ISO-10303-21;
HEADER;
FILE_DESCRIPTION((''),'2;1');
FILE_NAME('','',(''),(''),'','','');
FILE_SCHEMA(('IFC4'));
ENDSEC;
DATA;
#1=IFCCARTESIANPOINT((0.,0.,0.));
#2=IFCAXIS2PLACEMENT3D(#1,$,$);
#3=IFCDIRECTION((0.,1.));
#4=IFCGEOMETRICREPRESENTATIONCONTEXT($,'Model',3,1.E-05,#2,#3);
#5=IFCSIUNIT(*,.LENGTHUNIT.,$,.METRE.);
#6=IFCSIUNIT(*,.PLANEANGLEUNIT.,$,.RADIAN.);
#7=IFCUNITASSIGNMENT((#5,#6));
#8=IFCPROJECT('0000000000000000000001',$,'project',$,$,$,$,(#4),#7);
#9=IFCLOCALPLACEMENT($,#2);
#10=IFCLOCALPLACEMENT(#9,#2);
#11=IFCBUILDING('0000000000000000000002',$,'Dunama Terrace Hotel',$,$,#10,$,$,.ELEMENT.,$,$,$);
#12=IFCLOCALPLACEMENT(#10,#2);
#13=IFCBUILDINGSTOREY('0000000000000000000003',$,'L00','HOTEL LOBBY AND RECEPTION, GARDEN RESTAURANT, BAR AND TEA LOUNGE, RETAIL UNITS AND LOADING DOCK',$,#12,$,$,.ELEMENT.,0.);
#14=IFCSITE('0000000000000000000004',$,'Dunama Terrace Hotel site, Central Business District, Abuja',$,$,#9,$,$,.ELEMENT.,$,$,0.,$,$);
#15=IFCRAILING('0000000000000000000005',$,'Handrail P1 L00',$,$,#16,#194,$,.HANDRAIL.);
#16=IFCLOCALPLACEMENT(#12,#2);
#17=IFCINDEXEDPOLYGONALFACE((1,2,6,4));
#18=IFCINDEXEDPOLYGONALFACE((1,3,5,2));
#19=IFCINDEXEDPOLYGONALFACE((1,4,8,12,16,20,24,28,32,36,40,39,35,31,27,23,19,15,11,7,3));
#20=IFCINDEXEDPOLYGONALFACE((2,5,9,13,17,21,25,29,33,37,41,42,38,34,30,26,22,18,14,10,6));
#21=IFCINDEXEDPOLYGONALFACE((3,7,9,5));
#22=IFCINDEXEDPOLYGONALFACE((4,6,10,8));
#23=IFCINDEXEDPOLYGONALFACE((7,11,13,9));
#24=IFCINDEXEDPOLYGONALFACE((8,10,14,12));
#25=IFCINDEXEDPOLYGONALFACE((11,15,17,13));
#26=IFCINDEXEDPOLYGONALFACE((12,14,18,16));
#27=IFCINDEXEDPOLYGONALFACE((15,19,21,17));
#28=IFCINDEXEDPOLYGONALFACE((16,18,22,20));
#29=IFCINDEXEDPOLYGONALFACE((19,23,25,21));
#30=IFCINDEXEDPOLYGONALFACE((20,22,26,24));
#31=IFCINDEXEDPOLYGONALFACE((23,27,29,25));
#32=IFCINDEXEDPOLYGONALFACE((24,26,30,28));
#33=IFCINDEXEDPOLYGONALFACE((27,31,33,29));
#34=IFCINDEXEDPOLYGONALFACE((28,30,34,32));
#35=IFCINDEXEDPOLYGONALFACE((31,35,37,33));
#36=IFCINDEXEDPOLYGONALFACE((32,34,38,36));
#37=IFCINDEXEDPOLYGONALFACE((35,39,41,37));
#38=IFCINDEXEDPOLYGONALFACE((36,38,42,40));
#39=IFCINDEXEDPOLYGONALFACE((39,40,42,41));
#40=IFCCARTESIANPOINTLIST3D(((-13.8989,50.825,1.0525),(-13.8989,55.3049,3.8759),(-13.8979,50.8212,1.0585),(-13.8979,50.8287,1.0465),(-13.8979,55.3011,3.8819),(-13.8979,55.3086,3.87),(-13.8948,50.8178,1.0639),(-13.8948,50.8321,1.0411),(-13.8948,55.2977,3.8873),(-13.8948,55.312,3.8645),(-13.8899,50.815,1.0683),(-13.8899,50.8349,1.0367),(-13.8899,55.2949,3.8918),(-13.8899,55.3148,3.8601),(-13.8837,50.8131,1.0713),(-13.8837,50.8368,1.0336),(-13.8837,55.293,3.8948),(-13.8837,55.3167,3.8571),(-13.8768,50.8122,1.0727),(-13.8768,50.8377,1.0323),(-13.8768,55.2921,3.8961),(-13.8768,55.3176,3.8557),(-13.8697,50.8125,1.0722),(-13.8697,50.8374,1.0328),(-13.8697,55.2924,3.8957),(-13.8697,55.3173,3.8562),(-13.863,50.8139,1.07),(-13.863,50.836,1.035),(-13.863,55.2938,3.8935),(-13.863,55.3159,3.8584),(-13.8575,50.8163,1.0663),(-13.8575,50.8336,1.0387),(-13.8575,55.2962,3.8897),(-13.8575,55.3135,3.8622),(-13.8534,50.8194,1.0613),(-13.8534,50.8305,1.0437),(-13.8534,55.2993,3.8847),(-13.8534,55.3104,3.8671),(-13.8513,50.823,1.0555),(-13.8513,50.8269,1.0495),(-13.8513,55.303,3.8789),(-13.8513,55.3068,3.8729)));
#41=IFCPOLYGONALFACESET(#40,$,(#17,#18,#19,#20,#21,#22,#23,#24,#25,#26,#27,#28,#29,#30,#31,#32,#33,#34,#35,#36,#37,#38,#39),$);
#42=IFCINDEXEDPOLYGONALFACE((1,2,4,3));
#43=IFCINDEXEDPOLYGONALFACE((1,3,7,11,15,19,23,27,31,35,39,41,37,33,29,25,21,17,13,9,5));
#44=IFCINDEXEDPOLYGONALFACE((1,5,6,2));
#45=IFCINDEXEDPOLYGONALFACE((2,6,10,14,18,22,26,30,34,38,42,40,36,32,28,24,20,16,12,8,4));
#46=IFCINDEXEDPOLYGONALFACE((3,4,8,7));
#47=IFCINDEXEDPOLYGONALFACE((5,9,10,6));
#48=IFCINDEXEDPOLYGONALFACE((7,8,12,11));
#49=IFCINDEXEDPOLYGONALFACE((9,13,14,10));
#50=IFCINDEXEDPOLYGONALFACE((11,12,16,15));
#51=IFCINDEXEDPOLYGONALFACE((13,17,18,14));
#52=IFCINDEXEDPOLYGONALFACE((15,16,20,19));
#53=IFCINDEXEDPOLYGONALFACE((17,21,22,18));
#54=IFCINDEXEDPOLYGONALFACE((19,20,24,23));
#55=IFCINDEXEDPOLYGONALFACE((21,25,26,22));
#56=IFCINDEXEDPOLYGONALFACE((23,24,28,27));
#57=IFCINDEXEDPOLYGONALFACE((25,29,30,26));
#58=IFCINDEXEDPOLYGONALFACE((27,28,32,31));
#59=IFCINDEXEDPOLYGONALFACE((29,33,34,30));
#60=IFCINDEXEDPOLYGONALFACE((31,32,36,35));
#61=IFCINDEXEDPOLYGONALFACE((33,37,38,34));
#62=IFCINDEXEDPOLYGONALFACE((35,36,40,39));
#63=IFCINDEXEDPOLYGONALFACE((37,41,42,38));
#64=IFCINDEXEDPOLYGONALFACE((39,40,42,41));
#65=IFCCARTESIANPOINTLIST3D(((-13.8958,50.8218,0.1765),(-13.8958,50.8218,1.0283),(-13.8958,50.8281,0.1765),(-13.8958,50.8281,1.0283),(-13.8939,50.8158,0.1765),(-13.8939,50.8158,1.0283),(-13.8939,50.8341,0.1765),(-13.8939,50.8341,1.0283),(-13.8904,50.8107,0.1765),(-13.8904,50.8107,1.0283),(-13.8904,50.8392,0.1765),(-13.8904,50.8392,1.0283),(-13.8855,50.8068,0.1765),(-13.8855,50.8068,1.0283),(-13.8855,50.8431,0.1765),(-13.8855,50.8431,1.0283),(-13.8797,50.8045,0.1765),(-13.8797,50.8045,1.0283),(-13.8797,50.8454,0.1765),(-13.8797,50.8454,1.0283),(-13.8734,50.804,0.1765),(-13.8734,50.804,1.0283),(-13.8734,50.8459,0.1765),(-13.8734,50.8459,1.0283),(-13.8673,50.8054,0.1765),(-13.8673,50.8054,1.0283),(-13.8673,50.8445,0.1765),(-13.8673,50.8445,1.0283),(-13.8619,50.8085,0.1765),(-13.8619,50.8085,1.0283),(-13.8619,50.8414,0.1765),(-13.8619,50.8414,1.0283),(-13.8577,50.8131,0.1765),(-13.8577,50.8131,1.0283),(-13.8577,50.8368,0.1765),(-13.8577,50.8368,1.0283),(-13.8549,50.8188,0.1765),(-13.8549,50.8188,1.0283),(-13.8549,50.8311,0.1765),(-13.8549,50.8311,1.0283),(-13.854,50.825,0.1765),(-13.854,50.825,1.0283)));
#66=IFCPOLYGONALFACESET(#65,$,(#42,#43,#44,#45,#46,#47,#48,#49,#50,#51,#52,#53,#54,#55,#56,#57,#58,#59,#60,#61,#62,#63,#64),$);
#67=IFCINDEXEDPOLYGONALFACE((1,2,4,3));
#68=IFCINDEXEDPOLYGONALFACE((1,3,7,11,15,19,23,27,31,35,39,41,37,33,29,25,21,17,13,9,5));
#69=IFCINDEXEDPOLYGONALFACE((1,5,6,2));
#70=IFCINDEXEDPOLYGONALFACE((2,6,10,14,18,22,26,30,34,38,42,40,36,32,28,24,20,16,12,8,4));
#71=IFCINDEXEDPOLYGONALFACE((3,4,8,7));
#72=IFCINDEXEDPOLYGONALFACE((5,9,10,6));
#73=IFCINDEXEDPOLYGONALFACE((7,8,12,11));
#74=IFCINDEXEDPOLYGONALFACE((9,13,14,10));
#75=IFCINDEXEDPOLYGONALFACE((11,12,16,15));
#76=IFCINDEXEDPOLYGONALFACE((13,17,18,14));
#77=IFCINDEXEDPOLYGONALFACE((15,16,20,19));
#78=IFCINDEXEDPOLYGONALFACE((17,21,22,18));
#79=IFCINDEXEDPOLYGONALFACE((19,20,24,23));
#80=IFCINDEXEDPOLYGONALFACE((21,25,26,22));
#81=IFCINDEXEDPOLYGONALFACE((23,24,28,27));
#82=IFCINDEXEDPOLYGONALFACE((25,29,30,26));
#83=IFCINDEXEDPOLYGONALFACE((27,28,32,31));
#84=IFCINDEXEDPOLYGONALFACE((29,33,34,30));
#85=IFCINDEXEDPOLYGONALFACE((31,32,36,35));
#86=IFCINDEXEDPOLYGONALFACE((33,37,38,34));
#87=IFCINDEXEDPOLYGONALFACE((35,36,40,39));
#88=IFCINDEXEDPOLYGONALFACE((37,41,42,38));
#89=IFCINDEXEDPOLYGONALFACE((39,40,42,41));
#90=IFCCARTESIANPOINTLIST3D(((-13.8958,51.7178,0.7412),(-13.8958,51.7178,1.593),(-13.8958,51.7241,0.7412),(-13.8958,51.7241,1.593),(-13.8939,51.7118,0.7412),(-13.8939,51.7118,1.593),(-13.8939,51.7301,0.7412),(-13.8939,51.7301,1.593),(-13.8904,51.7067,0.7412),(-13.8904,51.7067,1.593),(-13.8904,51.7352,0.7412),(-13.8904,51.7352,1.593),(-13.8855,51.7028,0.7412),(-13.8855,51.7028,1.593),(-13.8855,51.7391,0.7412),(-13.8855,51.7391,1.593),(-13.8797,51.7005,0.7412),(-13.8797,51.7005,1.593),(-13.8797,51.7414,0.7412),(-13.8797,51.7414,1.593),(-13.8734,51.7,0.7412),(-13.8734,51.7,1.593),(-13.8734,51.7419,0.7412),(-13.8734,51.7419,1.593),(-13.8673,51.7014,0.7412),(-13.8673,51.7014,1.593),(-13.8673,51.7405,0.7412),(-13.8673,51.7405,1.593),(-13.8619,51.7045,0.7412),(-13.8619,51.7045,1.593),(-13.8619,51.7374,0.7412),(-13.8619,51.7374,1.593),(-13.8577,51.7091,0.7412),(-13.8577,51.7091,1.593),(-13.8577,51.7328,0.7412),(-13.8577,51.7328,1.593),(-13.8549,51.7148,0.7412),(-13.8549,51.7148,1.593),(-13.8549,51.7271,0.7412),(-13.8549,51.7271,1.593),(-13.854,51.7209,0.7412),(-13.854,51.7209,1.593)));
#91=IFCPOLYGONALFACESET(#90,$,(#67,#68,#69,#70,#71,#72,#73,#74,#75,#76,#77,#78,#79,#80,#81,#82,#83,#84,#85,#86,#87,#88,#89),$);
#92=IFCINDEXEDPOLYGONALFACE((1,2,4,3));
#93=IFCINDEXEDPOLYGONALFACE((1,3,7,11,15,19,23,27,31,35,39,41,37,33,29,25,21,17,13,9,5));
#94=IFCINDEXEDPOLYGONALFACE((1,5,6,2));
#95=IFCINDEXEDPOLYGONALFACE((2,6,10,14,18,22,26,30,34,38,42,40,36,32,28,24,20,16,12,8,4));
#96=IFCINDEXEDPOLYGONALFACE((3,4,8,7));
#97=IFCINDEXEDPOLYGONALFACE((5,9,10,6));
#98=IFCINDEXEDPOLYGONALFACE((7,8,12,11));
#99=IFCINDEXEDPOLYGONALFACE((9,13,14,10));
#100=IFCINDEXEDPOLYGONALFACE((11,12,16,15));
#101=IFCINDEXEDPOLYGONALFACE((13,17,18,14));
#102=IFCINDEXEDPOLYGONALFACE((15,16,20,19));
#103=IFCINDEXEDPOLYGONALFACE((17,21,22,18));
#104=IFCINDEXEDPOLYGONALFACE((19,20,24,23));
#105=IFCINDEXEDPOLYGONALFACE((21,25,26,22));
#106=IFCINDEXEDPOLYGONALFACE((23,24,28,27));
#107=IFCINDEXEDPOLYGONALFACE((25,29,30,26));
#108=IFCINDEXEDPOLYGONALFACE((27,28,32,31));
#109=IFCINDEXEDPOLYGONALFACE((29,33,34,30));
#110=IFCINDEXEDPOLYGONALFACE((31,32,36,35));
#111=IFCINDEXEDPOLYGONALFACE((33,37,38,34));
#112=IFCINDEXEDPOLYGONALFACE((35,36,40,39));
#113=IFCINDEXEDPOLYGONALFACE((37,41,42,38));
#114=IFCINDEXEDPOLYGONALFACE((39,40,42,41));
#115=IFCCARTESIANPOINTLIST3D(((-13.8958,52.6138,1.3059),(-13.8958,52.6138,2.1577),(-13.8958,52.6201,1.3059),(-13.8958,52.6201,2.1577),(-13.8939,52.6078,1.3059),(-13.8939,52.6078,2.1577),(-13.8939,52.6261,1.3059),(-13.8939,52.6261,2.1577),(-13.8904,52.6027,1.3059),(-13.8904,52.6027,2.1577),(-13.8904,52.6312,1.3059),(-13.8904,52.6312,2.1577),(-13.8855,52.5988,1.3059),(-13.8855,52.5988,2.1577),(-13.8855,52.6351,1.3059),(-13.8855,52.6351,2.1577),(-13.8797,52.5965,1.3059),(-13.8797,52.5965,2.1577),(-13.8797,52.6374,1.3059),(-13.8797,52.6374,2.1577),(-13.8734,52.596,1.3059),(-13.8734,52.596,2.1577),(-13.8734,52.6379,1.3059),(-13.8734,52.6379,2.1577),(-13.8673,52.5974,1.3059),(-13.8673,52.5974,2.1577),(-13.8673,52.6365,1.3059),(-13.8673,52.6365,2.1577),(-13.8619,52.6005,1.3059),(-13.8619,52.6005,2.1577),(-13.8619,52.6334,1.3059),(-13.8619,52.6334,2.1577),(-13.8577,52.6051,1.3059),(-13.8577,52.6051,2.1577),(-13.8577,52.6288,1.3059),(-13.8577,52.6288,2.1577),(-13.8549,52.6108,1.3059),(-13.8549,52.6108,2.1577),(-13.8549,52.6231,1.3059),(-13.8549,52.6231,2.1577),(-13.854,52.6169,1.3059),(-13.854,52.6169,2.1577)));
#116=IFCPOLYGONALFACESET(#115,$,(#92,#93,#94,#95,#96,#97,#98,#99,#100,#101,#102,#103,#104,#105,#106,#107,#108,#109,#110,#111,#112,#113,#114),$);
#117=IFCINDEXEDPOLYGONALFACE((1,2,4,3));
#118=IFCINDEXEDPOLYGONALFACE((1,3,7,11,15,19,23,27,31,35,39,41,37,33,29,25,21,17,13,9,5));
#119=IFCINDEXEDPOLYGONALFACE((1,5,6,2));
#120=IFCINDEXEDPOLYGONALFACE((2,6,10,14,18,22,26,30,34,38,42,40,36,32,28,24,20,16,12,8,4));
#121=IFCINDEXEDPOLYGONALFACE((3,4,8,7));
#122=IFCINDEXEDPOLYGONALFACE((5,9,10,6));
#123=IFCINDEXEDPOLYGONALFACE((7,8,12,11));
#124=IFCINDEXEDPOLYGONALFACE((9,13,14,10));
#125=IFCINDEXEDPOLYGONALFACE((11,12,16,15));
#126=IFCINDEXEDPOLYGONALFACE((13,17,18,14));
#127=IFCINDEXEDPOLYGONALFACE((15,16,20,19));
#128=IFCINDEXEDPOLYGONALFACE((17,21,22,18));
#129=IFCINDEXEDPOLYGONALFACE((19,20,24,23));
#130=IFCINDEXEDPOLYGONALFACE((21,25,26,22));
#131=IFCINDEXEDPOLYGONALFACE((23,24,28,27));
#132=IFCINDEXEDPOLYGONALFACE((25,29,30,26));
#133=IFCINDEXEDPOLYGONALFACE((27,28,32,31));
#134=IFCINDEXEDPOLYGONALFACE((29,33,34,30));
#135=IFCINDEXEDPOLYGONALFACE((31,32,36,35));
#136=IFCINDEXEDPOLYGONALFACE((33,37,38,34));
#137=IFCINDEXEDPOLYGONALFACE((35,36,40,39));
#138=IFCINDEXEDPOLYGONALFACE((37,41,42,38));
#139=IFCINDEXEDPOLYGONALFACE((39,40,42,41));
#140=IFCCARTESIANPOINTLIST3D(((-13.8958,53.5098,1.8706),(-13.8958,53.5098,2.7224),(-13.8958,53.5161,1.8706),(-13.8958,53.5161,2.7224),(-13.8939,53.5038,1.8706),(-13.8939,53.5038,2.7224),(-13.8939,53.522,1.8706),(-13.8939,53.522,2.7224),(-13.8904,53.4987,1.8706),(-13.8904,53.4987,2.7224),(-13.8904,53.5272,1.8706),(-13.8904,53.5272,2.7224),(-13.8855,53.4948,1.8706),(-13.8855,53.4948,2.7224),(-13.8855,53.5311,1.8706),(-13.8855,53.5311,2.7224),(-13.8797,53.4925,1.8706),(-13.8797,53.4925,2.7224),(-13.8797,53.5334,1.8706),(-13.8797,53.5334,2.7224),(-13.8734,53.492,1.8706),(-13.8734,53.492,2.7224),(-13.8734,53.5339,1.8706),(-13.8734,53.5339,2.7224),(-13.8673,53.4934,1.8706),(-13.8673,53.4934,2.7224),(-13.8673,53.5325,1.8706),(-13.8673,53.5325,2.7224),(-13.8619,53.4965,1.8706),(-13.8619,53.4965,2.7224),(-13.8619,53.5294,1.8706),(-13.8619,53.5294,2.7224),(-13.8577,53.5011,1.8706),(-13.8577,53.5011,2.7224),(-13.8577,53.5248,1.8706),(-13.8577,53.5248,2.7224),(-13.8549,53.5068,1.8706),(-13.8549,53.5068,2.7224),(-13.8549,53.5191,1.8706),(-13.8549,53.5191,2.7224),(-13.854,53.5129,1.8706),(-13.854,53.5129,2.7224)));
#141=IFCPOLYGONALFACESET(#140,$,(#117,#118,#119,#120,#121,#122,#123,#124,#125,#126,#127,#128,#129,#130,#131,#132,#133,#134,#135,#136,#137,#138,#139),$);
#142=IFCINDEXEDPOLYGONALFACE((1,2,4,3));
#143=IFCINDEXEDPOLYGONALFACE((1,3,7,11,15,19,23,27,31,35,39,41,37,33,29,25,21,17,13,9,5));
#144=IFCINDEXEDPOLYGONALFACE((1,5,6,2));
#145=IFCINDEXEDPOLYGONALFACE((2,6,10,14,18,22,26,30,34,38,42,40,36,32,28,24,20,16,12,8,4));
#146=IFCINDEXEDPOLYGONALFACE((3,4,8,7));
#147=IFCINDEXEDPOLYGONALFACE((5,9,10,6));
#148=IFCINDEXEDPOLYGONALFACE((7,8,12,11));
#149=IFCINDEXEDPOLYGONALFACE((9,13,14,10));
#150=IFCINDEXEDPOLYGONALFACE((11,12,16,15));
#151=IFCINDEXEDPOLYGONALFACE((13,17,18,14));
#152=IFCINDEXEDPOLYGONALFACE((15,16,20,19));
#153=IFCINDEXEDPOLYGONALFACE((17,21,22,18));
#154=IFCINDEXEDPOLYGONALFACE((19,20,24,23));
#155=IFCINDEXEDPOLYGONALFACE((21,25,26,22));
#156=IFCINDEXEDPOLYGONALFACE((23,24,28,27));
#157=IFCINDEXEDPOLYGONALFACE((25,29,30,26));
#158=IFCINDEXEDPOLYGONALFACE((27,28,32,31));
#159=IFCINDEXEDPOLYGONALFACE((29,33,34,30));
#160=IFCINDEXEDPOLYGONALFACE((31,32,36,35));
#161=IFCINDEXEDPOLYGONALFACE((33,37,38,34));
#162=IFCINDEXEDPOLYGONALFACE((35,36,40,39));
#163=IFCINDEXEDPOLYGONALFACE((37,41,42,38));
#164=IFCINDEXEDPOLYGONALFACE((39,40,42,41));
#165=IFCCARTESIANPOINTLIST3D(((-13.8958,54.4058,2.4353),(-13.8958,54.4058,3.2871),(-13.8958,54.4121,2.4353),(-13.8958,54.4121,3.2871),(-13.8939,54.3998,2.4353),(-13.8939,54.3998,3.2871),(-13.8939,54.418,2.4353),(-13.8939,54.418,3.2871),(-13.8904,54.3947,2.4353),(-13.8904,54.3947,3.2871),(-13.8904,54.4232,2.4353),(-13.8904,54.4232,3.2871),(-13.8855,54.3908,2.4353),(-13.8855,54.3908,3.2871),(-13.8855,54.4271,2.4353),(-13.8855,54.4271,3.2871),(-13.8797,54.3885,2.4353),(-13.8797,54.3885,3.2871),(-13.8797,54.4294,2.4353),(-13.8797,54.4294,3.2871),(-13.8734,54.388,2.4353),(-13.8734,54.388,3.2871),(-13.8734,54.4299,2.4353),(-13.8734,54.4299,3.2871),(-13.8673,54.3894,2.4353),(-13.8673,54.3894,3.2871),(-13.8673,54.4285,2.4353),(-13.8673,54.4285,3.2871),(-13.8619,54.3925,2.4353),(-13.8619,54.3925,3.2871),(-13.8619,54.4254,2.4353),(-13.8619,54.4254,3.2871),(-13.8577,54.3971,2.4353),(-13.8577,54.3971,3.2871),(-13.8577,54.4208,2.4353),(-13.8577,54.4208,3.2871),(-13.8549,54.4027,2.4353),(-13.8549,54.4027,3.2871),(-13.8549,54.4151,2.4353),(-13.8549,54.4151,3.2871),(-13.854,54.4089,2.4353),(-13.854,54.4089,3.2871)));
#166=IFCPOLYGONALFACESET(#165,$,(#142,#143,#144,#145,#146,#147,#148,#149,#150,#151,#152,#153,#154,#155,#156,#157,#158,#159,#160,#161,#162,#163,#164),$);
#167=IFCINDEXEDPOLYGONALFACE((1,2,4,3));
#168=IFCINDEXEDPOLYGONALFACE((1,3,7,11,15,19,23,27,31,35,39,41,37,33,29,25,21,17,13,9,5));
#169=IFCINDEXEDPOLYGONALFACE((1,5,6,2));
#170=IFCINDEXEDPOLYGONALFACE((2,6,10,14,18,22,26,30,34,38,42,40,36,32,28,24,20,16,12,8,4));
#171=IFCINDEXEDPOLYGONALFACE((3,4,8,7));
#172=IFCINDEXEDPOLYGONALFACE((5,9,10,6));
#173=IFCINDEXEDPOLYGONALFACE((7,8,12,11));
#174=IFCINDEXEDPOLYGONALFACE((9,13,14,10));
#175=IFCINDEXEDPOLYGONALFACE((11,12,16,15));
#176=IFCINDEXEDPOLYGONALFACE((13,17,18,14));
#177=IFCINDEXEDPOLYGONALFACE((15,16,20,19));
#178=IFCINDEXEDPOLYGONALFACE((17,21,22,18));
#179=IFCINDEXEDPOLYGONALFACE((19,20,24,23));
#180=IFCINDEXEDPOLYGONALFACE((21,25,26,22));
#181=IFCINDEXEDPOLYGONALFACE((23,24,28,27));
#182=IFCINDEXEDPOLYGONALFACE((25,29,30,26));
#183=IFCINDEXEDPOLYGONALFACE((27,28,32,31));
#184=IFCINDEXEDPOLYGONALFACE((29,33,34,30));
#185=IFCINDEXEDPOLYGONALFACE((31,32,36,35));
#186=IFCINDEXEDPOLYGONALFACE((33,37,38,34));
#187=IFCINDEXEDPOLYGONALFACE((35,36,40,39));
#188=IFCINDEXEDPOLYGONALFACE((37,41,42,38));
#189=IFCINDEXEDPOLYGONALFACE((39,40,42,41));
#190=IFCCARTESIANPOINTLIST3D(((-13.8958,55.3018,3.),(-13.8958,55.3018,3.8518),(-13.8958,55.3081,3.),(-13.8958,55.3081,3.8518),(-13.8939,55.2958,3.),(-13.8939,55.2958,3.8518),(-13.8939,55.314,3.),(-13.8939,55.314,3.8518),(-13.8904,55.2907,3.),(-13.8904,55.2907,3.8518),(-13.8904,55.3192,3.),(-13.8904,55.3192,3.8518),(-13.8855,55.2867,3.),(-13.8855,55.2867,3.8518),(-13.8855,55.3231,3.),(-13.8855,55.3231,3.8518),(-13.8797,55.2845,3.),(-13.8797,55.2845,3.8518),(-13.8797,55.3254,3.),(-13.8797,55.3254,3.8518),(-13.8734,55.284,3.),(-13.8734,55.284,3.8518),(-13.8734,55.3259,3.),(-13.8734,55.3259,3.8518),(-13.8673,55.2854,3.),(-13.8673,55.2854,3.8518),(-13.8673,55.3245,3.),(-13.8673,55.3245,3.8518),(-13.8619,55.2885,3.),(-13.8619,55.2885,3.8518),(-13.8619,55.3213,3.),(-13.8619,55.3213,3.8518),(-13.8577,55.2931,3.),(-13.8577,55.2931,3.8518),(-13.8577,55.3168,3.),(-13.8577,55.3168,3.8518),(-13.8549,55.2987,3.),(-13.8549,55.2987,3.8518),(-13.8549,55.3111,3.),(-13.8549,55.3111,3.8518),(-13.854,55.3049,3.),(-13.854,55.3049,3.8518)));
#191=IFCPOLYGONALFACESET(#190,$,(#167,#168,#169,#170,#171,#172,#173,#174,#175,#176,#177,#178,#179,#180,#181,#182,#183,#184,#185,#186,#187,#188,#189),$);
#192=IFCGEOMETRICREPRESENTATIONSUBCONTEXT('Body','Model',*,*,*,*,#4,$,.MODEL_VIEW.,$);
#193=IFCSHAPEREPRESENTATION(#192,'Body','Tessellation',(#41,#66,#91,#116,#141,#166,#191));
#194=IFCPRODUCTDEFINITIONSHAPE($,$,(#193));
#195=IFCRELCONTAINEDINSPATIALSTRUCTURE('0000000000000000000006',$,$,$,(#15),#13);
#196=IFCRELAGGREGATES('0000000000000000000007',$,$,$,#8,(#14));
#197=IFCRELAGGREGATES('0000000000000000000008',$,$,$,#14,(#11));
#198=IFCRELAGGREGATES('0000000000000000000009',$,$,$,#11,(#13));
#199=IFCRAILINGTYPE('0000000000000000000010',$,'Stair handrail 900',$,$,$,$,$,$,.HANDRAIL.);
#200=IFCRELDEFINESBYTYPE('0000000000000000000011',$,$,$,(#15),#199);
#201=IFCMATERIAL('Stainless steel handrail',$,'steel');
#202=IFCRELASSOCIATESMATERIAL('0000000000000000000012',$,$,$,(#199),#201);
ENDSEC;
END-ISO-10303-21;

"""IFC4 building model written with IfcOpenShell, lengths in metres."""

from ifc_helpers import new_model, si_unit, direction, frame, origin, origin_2d, place, context, subcontext, project, spatial, circle, extrude, material, type_object, element, save


model = new_model("IFC4")

# Units and contexts
model_context = context("Model", 3, precision=1e-05, world=origin(), true_north=direction((0.0, 1.0)))
body_context = subcontext(model_context, "Body", "Model", "MODEL_VIEW")
ifc_project = project(units=[si_unit("LENGTHUNIT", "METRE"), si_unit("PLANEANGLEUNIT", "RADIAN")], contexts=[model_context])

# Site, building, storey
site_placement = place(None, origin())
site = spatial("IfcSite", under=ifc_project, at=site_placement, Name="Dunama Terrace Hotel site, Central Business District, Abuja", CompositionType="ELEMENT", RefElevation=0.0)
building_placement = place(site_placement, origin())
building = spatial("IfcBuilding", under=site, at=building_placement, Name="Dunama Terrace Hotel", CompositionType="ELEMENT")
storey_placement = place(building_placement, origin())
storey = spatial("IfcBuildingStorey", under=building, at=storey_placement, Name="L00", Description="HOTEL LOBBY AND RECEPTION, GARDEN RESTAURANT, BAR AND TEA LOUNGE, RETAIL UNITS AND LOADING DOCK", CompositionType="ELEMENT", Elevation=0.0)

# Railing
ifc_material_1 = material(Name="Stainless steel handrail", Category="steel")
railing_type = type_object("IfcRailingType", Name="Stair handrail 900", PredefinedType="HANDRAIL", material=ifc_material_1)
railing_1_placement = place(storey_placement, frame((-13.875, 50.825, 0.1765)))
element("IfcRailing", 1, at=railing_1_placement, inside=storey, type_object=railing_type, Name="Handrail P1 L00", PredefinedType="HANDRAIL", context=body_context, shape_type="SweptSolid", body=[
    extrude(circle(Radius=0.0239, at=origin_2d()), frame((0.0, 0.0, 0.876), z_axis=(0.0, 0.845998, 0.533186), x_axis=(-1.0, 0.0, 0.0)), (0.0, 0.0, 1.0), 5.2954),
    extrude(circle(Radius=0.021, at=origin_2d()), origin(), (0.0, 0.0, 1.0), 0.8518),
    extrude(circle(Radius=0.021, at=origin_2d()), frame((0.0, 0.896, 0.5647)), (0.0, 0.0, 1.0), 0.8518),
    extrude(circle(Radius=0.021, at=origin_2d()), frame((0.0, 1.792, 1.1294)), (0.0, 0.0, 1.0), 0.8518),
    extrude(circle(Radius=0.021, at=origin_2d()), frame((0.0, 2.688, 1.6941)), (0.0, 0.0, 1.0), 0.8518),
    extrude(circle(Radius=0.021, at=origin_2d()), frame((0.0, 3.584, 2.2588)), (0.0, 0.0, 1.0), 0.8518),
    extrude(circle(Radius=0.021, at=origin_2d()), frame((0.0, 4.48, 2.8235)), (0.0, 0.0, 1.0), 0.8518),
])

save(model, "model.ifc")
